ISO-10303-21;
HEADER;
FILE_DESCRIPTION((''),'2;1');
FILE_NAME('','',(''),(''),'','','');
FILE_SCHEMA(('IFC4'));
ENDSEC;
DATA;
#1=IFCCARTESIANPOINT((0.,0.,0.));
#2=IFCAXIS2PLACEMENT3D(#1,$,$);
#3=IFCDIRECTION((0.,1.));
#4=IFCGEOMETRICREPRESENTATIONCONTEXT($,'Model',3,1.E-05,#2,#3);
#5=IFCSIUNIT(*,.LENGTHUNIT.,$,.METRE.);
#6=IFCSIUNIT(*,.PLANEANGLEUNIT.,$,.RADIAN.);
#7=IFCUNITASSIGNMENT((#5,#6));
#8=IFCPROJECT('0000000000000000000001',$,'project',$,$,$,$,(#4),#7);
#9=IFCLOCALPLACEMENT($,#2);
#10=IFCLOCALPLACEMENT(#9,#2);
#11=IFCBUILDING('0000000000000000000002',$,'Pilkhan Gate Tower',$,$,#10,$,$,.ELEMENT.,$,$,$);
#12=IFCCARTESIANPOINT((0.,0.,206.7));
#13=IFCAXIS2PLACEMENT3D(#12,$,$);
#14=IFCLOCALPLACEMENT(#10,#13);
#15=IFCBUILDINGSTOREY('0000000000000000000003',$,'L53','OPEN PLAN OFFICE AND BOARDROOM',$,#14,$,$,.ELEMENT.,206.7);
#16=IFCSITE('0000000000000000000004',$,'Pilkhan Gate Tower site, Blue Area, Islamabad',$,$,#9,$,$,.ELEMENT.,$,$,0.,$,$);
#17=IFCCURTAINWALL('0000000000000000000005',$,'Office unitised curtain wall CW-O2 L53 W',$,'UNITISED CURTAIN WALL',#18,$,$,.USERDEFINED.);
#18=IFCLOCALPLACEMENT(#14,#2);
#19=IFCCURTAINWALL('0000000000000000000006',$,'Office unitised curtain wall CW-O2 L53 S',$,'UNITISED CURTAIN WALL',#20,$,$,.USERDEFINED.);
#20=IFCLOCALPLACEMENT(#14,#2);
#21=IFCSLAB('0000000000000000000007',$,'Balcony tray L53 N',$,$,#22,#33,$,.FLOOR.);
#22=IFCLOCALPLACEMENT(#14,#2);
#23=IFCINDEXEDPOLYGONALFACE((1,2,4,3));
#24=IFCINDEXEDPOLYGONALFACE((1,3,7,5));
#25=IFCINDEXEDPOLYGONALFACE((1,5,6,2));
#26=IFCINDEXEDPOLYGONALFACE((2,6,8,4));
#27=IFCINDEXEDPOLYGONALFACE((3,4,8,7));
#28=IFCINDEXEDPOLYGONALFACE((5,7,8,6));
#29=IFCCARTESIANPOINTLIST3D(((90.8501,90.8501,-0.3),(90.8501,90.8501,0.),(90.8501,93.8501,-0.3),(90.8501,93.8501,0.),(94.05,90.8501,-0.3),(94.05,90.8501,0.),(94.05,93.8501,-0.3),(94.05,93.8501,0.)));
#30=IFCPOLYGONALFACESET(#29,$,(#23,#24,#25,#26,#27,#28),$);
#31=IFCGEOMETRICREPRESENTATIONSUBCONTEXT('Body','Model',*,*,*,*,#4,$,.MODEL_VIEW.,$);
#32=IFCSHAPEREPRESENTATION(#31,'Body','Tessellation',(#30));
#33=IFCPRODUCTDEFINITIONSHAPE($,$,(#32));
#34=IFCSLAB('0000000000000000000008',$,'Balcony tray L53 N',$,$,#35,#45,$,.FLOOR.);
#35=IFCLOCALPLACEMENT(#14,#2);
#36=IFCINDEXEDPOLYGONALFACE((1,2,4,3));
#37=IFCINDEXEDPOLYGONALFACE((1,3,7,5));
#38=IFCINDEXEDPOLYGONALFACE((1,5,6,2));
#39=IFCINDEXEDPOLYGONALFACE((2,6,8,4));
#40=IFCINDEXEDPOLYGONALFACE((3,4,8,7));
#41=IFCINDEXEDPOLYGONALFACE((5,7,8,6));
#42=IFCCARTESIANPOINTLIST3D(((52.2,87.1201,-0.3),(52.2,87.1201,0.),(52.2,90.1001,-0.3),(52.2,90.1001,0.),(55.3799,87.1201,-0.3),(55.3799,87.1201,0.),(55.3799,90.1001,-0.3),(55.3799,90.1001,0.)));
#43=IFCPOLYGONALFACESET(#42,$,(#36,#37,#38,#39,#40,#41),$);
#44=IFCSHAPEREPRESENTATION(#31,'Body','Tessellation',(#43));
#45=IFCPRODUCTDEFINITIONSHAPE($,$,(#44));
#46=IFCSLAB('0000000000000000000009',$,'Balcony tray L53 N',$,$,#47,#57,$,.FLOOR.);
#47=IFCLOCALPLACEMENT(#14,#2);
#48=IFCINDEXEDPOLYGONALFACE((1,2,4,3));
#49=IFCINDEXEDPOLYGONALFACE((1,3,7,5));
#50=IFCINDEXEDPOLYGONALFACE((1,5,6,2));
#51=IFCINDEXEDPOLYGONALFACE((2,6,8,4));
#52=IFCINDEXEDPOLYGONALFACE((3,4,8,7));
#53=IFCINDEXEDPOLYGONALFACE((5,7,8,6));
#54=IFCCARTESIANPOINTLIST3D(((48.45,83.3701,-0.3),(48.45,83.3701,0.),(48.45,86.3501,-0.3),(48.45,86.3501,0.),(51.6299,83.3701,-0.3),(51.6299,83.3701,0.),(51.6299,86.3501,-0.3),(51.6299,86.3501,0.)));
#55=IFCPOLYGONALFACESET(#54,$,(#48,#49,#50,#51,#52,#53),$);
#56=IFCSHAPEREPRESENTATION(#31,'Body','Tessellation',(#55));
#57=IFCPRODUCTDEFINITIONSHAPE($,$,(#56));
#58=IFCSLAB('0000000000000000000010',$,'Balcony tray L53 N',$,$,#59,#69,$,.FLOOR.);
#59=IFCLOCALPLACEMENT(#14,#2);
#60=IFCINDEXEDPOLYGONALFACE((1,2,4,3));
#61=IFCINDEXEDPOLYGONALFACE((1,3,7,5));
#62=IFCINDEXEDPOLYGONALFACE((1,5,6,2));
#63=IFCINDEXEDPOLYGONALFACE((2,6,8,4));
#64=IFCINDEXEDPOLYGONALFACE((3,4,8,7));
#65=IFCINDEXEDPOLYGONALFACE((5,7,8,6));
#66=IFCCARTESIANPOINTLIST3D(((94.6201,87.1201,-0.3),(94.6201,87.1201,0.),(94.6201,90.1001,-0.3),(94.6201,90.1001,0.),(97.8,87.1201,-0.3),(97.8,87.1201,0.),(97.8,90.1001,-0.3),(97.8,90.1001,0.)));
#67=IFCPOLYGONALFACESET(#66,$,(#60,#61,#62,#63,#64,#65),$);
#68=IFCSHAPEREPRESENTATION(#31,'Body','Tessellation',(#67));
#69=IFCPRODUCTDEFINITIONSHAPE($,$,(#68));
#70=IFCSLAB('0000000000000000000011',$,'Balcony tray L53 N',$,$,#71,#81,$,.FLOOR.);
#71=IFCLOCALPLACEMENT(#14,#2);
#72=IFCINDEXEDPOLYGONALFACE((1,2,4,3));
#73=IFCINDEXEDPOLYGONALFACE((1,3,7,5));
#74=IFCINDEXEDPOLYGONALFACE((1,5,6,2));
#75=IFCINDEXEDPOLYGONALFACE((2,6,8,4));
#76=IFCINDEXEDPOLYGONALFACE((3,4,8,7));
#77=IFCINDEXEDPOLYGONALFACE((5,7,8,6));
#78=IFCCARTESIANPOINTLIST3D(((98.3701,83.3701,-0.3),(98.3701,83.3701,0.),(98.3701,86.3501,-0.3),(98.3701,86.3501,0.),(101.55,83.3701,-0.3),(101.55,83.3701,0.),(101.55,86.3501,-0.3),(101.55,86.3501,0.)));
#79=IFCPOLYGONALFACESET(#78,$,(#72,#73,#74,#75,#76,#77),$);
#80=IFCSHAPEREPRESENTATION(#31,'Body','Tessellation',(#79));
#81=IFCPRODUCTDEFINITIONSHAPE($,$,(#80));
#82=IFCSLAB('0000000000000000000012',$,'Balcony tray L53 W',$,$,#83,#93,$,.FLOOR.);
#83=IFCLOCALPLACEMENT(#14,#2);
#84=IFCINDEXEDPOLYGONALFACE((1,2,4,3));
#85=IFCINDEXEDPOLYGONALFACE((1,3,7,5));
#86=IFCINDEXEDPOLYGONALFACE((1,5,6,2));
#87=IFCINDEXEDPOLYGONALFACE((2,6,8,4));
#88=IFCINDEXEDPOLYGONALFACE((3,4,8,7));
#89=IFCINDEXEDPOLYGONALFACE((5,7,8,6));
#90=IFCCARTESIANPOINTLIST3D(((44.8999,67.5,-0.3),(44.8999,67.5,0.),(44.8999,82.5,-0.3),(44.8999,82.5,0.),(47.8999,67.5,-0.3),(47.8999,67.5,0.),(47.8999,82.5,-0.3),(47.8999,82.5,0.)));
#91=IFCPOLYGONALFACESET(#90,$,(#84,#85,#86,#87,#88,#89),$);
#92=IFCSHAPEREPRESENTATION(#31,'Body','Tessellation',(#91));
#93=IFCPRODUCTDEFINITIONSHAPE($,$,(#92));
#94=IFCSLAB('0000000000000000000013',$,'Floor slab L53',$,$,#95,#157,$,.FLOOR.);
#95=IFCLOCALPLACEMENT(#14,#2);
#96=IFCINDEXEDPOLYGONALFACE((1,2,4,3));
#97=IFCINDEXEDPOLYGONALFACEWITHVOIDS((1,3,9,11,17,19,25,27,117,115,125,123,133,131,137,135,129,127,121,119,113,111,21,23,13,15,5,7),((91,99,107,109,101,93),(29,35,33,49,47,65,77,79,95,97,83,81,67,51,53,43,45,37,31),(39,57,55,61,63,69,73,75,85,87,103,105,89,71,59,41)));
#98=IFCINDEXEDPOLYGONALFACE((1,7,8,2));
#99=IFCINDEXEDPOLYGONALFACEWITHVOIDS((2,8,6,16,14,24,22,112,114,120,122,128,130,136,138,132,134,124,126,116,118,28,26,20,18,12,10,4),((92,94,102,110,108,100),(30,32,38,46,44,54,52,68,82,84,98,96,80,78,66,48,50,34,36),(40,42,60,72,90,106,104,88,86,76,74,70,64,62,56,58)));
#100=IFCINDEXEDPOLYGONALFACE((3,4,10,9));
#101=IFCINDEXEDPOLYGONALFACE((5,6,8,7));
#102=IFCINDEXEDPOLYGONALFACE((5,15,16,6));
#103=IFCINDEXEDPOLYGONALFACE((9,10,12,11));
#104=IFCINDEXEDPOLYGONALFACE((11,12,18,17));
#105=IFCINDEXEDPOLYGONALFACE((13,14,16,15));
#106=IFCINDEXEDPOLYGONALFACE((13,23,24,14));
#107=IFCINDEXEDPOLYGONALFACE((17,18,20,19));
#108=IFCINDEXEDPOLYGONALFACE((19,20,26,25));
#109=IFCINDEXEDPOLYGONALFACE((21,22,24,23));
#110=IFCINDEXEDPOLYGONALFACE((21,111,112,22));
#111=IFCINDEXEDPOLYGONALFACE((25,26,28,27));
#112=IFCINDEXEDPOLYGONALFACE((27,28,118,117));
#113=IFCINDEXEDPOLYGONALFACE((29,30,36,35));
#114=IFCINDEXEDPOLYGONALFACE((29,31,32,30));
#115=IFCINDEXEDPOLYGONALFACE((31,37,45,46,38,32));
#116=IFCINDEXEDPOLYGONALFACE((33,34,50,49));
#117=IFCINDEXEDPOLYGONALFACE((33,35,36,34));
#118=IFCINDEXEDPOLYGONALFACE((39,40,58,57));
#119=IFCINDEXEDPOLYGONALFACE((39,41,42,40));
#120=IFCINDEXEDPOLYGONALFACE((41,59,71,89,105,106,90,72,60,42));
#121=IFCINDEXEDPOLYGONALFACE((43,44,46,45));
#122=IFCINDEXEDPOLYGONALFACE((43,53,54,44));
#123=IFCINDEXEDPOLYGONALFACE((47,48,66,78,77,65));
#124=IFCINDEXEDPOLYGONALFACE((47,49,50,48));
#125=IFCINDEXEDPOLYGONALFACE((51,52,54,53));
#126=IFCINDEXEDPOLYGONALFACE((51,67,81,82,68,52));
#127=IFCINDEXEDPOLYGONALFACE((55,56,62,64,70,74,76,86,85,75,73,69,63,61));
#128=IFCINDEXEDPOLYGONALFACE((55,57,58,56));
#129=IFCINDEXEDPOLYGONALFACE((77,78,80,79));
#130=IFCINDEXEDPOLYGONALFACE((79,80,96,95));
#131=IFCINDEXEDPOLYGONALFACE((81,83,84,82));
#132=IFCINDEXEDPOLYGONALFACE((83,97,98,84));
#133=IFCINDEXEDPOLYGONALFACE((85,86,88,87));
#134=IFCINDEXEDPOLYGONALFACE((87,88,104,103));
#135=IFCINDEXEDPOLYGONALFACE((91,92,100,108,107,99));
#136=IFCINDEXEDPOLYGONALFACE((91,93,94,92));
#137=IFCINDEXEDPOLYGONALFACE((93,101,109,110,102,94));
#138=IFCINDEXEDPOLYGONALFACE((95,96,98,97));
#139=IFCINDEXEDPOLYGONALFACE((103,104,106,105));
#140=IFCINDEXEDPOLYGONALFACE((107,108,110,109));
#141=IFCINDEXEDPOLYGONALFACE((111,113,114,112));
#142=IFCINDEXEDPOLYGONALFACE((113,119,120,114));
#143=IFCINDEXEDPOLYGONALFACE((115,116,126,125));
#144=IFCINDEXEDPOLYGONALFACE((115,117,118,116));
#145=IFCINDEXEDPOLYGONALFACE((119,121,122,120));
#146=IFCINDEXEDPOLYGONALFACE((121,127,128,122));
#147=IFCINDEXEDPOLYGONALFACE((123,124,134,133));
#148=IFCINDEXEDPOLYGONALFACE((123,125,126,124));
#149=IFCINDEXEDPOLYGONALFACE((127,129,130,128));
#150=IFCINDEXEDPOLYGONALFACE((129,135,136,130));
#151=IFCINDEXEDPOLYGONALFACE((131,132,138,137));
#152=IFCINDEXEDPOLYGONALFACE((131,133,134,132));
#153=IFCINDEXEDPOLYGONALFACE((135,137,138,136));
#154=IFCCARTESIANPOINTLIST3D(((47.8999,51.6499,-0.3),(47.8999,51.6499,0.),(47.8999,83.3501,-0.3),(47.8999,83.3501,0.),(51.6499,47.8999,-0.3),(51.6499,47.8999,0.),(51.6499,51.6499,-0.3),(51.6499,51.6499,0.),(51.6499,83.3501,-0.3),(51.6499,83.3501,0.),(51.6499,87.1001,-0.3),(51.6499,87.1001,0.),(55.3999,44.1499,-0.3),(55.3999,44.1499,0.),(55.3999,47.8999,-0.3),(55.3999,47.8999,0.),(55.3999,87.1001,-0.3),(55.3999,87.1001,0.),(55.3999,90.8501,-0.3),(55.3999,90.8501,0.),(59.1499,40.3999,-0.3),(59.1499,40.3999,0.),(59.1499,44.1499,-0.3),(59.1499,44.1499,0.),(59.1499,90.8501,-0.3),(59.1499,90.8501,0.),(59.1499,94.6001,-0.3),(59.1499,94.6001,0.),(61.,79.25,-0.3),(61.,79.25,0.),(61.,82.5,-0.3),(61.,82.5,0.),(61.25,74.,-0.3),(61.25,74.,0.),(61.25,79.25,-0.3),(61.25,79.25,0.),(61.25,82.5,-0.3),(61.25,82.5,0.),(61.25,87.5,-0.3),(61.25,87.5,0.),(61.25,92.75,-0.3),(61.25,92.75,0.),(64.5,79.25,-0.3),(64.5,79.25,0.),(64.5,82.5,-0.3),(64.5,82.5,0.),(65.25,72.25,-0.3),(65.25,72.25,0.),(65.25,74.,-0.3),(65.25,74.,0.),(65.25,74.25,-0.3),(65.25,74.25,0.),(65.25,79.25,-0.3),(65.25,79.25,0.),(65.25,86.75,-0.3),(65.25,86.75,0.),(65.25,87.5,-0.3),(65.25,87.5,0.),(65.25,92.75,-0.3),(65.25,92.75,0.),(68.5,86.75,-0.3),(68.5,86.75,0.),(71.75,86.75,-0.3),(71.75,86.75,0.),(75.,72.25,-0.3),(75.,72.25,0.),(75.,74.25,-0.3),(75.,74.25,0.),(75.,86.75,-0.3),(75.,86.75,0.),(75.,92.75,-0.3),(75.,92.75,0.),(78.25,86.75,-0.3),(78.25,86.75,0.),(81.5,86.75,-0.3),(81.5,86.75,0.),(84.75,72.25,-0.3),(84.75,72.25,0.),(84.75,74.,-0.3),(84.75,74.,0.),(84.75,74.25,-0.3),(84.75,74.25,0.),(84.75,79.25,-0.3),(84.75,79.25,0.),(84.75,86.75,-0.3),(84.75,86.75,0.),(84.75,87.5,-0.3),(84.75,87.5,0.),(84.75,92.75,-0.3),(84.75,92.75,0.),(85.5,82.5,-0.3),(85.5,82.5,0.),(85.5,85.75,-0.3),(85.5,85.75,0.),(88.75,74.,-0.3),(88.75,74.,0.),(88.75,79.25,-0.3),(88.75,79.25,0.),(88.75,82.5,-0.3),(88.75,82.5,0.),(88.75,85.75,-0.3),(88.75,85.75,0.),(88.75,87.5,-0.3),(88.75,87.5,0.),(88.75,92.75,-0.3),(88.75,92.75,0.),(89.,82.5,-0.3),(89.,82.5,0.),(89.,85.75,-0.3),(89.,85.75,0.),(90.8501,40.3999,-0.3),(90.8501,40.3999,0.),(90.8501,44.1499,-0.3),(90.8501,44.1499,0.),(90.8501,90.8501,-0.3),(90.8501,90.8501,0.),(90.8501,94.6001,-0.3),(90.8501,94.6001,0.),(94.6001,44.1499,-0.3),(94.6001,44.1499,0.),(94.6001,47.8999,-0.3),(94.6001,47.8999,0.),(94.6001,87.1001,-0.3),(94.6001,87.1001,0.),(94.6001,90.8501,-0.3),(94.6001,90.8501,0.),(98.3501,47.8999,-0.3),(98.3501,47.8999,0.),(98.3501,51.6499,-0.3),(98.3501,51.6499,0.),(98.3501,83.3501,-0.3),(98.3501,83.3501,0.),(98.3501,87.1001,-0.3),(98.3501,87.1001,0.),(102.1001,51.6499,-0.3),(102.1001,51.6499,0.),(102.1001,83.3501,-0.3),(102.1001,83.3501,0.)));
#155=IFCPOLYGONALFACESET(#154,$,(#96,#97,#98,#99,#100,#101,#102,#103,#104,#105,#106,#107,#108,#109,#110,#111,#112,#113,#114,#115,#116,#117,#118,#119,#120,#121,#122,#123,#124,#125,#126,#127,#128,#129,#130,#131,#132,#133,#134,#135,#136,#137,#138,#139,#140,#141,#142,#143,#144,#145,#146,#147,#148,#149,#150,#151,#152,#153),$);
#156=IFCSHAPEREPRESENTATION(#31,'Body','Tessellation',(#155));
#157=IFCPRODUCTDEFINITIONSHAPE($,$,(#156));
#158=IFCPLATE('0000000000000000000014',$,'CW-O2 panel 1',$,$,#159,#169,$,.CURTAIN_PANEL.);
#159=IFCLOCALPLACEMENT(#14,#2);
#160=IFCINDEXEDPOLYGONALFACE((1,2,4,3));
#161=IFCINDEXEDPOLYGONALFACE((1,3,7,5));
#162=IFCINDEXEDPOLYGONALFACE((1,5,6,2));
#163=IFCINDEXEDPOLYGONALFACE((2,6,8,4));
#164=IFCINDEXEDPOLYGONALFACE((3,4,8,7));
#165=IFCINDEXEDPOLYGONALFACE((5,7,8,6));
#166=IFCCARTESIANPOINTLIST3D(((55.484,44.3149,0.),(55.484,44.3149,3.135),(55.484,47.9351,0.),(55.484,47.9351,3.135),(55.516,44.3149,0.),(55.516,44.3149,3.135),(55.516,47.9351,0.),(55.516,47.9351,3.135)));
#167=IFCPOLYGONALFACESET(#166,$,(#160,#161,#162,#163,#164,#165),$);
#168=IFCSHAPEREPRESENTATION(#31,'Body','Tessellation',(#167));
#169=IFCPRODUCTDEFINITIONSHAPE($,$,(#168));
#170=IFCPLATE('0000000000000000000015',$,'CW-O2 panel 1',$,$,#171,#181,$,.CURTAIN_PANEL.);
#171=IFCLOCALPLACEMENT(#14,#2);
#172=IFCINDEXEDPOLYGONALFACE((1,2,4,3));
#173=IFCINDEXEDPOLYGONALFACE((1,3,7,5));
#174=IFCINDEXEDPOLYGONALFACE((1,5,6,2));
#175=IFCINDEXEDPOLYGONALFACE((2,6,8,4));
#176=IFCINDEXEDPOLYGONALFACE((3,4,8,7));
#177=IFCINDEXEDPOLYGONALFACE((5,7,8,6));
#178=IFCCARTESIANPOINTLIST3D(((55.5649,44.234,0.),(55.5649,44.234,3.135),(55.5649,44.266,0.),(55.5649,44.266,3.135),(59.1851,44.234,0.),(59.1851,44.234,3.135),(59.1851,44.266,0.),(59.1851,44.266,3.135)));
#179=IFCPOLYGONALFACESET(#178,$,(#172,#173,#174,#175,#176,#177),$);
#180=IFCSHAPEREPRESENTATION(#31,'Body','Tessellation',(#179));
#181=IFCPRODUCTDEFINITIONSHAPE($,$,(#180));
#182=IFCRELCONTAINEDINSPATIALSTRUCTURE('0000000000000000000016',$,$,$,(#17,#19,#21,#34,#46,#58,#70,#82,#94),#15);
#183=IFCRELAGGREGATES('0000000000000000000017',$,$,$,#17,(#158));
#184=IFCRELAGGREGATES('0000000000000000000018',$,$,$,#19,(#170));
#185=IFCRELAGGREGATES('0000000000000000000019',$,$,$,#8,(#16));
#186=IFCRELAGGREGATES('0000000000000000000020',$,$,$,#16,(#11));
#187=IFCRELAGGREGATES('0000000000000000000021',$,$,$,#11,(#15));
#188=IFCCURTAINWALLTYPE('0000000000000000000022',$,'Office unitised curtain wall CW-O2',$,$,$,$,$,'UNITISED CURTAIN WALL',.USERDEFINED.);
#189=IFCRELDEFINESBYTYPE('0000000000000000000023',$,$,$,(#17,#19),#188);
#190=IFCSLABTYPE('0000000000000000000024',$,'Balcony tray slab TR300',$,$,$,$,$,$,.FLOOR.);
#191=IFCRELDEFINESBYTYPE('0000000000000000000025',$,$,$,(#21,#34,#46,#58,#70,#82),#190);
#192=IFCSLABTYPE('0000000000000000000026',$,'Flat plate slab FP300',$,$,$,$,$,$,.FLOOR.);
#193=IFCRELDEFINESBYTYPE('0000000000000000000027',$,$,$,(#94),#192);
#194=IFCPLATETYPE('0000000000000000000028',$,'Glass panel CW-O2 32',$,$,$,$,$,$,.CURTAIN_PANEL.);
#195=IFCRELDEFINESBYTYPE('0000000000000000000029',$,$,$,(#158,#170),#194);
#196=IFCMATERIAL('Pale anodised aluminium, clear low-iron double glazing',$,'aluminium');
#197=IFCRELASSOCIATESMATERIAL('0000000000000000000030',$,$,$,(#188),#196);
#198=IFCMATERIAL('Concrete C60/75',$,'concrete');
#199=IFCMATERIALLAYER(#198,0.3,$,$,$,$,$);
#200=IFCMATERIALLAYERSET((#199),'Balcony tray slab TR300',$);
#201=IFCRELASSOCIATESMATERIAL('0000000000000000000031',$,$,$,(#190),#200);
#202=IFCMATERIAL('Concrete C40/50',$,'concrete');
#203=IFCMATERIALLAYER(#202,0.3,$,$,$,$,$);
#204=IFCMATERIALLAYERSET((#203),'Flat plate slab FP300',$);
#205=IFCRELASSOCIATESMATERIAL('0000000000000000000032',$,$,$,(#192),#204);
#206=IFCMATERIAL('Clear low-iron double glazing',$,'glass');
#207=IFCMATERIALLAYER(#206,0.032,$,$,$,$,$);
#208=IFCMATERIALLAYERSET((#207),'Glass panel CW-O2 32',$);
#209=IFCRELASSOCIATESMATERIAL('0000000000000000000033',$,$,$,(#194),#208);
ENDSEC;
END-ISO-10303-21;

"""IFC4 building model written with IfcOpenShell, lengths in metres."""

from ifc_helpers import new_model, si_unit, direction, frame, origin, origin_2d, place, context, subcontext, project, spatial, polyline, rectangle, outline, extrude, material, layer, layer_set, type_object, element, aggregate, save


model = new_model("IFC4")

# Units and contexts
model_context = context("Model", 3, precision=1e-05, world=origin(), true_north=direction((0.0, 1.0)))
body_context = subcontext(model_context, "Body", "Model", "MODEL_VIEW")
ifc_project = project(units=[si_unit("LENGTHUNIT", "METRE"), si_unit("PLANEANGLEUNIT", "RADIAN")], contexts=[model_context])

# Site, building, storey
site_placement = place(None, origin())
site = spatial("IfcSite", under=ifc_project, at=site_placement, Name="Pilkhan Gate Tower site, Blue Area, Islamabad", CompositionType="ELEMENT", RefElevation=0.0)
building_placement = place(site_placement, origin())
building = spatial("IfcBuilding", under=site, at=building_placement, Name="Pilkhan Gate Tower", CompositionType="ELEMENT")
storey_placement = place(building_placement, frame((0.0, 0.0, 206.7)))
storey = spatial("IfcBuildingStorey", under=building, at=storey_placement, Name="L53", Description="OPEN PLAN OFFICE AND BOARDROOM", CompositionType="ELEMENT", Elevation=206.7)

# Curtain wall
ifc_material_1 = material(Name="Pale anodised aluminium, clear low-iron double glazing", Category="aluminium")
curtain_wall_type = type_object("IfcCurtainWallType", Name="Office unitised curtain wall CW-O2", ElementType="UNITISED CURTAIN WALL", PredefinedType="USERDEFINED", material=ifc_material_1)
curtain_wall_1_placement = place(storey_placement, origin())
curtain_wall_1 = element("IfcCurtainWall", 1, at=curtain_wall_1_placement, inside=storey, type_object=curtain_wall_type, Name="Office unitised curtain wall CW-O2 L53 W", ObjectType="UNITISED CURTAIN WALL", PredefinedType="USERDEFINED")

# Curtain wall
curtain_wall_2_placement = place(storey_placement, origin())
curtain_wall_2 = element("IfcCurtainWall", 2, at=curtain_wall_2_placement, inside=storey, type_object=curtain_wall_type, Name="Office unitised curtain wall CW-O2 L53 S", ObjectType="UNITISED CURTAIN WALL", PredefinedType="USERDEFINED")

# Slabs
ifc_material_2 = material(Name="Concrete C60/75", Category="concrete")
ifc_layer_1 = layer(ifc_material_2, 0.3)
ifc_layer_set_1 = layer_set([ifc_layer_1], Name="Balcony tray slab TR300")
slab_type_1 = type_object("IfcSlabType", Name="Balcony tray slab TR300", PredefinedType="FLOOR", material=ifc_layer_set_1)
slab_1_placement = place(storey_placement, frame((0.0, 0.0, -0.3)))
element("IfcSlab", 3, at=slab_1_placement, inside=storey, type_object=slab_type_1, Name="Balcony tray L53 N", PredefinedType="FLOOR", context=body_context, shape_type="SweptSolid", body=[
    extrude(outline(polyline([(94.05, 90.8501), (94.05, 93.8501), (90.8501, 93.8501), (90.8501, 90.8501), (94.05, 90.8501)])), origin(), (0.0, 0.0, 1.0), 0.3),
])
slab_2_placement = place(storey_placement, frame((0.0, 0.0, -0.3)))
element("IfcSlab", 4, at=slab_2_placement, inside=storey, type_object=slab_type_1, Name="Balcony tray L53 N", PredefinedType="FLOOR", context=body_context, shape_type="SweptSolid", body=[
    extrude(outline(polyline([(55.3799, 87.1201), (55.3799, 90.1001), (52.2, 90.1001), (52.2, 87.1201), (55.3799, 87.1201)])), origin(), (0.0, 0.0, 1.0), 0.3),
])
slab_3_placement = place(storey_placement, frame((0.0, 0.0, -0.3)))
element("IfcSlab", 5, at=slab_3_placement, inside=storey, type_object=slab_type_1, Name="Balcony tray L53 N", PredefinedType="FLOOR", context=body_context, shape_type="SweptSolid", body=[
    extrude(outline(polyline([(51.6299, 83.3701), (51.6299, 86.3501), (48.45, 86.3501), (48.45, 83.3701), (51.6299, 83.3701)])), origin(), (0.0, 0.0, 1.0), 0.3),
])
slab_4_placement = place(storey_placement, frame((0.0, 0.0, -0.3)))
element("IfcSlab", 6, at=slab_4_placement, inside=storey, type_object=slab_type_1, Name="Balcony tray L53 N", PredefinedType="FLOOR", context=body_context, shape_type="SweptSolid", body=[
    extrude(outline(polyline([(97.8, 87.1201), (97.8, 90.1001), (94.6201, 90.1001), (94.6201, 87.1201), (97.8, 87.1201)])), origin(), (0.0, 0.0, 1.0), 0.3),
])
slab_5_placement = place(storey_placement, frame((0.0, 0.0, -0.3)))
element("IfcSlab", 7, at=slab_5_placement, inside=storey, type_object=slab_type_1, Name="Balcony tray L53 N", PredefinedType="FLOOR", context=body_context, shape_type="SweptSolid", body=[
    extrude(outline(polyline([(101.55, 83.3701), (101.55, 86.3501), (98.3701, 86.3501), (98.3701, 83.3701), (101.55, 83.3701)])), origin(), (0.0, 0.0, 1.0), 0.3),
])
slab_6_placement = place(storey_placement, frame((0.0, 0.0, -0.3)))
element("IfcSlab", 8, at=slab_6_placement, inside=storey, type_object=slab_type_1, Name="Balcony tray L53 W", PredefinedType="FLOOR", context=body_context, shape_type="SweptSolid", body=[
    extrude(outline(polyline([(47.8999, 67.5), (47.8999, 82.5), (44.8999, 82.5), (44.8999, 67.5), (47.8999, 67.5)])), origin(), (0.0, 0.0, 1.0), 0.3),
])
ifc_material_3 = material(Name="Concrete C40/50", Category="concrete")
ifc_layer_2 = layer(ifc_material_3, 0.3)
ifc_layer_set_2 = layer_set([ifc_layer_2], Name="Flat plate slab FP300")
slab_type_2 = type_object("IfcSlabType", Name="Flat plate slab FP300", PredefinedType="FLOOR", material=ifc_layer_set_2)
slab_7_placement = place(storey_placement, frame((0.0, 0.0, -0.3)))
element("IfcSlab", 9, at=slab_7_placement, inside=storey, type_object=slab_type_2, Name="Floor slab L53", PredefinedType="FLOOR", context=body_context, shape_type="SweptSolid", body=[
    extrude(outline(polyline([(98.3501, 47.8999), (94.6001, 47.8999), (94.6001, 44.1499), (90.8501, 44.1499), (90.8501, 40.3999), (59.1499, 40.3999), (59.1499, 44.1499), (55.3999, 44.1499), (55.3999, 47.8999), (51.6499, 47.8999), (51.6499, 51.6499), (47.8999, 51.6499), (47.8999, 83.3501), (51.6499, 83.3501), (51.6499, 87.1001), (55.3999, 87.1001), (55.3999, 90.8501), (59.1499, 90.8501), (59.1499, 94.6001), (90.8501, 94.6001), (90.8501, 90.8501), (94.6001, 90.8501), (94.6001, 87.1001), (98.3501, 87.1001), (98.3501, 83.3501), (102.1001, 83.3501), (102.1001, 51.6499), (98.3501, 51.6499), (98.3501, 47.8999)]), holes=[polyline([(75.0, 72.25), (84.75, 72.25), (84.75, 74.0), (88.75, 74.0), (88.75, 79.25), (84.75, 79.25), (84.75, 74.25), (75.0, 74.25), (65.25, 74.25), (65.25, 79.25), (64.5, 79.25), (64.5, 82.5), (61.25, 82.5), (61.0, 82.5), (61.0, 79.25), (61.25, 79.25), (61.25, 74.0), (65.25, 74.0), (65.25, 72.25), (75.0, 72.25)]), polyline([(68.5, 86.75), (71.75, 86.75), (75.0, 86.75), (78.25, 86.75), (81.5, 86.75), (84.75, 86.75), (84.75, 87.5), (88.75, 87.5), (88.75, 92.75), (84.75, 92.75), (75.0, 92.75), (65.25, 92.75), (61.25, 92.75), (61.25, 87.5), (65.25, 87.5), (65.25, 86.75), (68.5, 86.75)]), polyline([(85.5, 85.75), (85.5, 82.5), (88.75, 82.5), (89.0, 82.5), (89.0, 85.75), (88.75, 85.75), (85.5, 85.75)])]), origin(), (0.0, 0.0, 1.0), 0.3),
])

# Plates
ifc_material_4 = material(Name="Clear low-iron double glazing", Category="glass")
ifc_layer_3 = layer(ifc_material_4, 0.032)
ifc_layer_set_3 = layer_set([ifc_layer_3], Name="Glass panel CW-O2 32")
plate_type = type_object("IfcPlateType", Name="Glass panel CW-O2 32", PredefinedType="CURTAIN_PANEL", material=ifc_layer_set_3)
plate_1_placement = place(storey_placement, frame((55.5, 46.125, 0.0), z_axis=(0.0, 0.0, 1.0), x_axis=(0.0, 1.0, 0.0)))
plate_1 = element("IfcPlate", 10, at=plate_1_placement, type_object=plate_type, Name="CW-O2 panel 1", PredefinedType="CURTAIN_PANEL", context=body_context, shape_type="SweptSolid", body=[
    extrude(rectangle(XDim=3.6201, YDim=0.032, at=origin_2d()), origin(), (0.0, 0.0, 1.0), 3.135),
])
aggregate(curtain_wall_1, [plate_1])
plate_2_placement = place(storey_placement, frame((57.375, 44.25, 0.0), z_axis=(0.0, 0.0, 1.0), x_axis=(1.0, 0.0, 0.0)))
plate_2 = element("IfcPlate", 11, at=plate_2_placement, type_object=plate_type, Name="CW-O2 panel 1", PredefinedType="CURTAIN_PANEL", context=body_context, shape_type="SweptSolid", body=[
    extrude(rectangle(XDim=3.6201, YDim=0.032, at=origin_2d()), origin(), (0.0, 0.0, 1.0), 3.135),
])
aggregate(curtain_wall_2, [plate_2])

save(model, "model.ifc")
